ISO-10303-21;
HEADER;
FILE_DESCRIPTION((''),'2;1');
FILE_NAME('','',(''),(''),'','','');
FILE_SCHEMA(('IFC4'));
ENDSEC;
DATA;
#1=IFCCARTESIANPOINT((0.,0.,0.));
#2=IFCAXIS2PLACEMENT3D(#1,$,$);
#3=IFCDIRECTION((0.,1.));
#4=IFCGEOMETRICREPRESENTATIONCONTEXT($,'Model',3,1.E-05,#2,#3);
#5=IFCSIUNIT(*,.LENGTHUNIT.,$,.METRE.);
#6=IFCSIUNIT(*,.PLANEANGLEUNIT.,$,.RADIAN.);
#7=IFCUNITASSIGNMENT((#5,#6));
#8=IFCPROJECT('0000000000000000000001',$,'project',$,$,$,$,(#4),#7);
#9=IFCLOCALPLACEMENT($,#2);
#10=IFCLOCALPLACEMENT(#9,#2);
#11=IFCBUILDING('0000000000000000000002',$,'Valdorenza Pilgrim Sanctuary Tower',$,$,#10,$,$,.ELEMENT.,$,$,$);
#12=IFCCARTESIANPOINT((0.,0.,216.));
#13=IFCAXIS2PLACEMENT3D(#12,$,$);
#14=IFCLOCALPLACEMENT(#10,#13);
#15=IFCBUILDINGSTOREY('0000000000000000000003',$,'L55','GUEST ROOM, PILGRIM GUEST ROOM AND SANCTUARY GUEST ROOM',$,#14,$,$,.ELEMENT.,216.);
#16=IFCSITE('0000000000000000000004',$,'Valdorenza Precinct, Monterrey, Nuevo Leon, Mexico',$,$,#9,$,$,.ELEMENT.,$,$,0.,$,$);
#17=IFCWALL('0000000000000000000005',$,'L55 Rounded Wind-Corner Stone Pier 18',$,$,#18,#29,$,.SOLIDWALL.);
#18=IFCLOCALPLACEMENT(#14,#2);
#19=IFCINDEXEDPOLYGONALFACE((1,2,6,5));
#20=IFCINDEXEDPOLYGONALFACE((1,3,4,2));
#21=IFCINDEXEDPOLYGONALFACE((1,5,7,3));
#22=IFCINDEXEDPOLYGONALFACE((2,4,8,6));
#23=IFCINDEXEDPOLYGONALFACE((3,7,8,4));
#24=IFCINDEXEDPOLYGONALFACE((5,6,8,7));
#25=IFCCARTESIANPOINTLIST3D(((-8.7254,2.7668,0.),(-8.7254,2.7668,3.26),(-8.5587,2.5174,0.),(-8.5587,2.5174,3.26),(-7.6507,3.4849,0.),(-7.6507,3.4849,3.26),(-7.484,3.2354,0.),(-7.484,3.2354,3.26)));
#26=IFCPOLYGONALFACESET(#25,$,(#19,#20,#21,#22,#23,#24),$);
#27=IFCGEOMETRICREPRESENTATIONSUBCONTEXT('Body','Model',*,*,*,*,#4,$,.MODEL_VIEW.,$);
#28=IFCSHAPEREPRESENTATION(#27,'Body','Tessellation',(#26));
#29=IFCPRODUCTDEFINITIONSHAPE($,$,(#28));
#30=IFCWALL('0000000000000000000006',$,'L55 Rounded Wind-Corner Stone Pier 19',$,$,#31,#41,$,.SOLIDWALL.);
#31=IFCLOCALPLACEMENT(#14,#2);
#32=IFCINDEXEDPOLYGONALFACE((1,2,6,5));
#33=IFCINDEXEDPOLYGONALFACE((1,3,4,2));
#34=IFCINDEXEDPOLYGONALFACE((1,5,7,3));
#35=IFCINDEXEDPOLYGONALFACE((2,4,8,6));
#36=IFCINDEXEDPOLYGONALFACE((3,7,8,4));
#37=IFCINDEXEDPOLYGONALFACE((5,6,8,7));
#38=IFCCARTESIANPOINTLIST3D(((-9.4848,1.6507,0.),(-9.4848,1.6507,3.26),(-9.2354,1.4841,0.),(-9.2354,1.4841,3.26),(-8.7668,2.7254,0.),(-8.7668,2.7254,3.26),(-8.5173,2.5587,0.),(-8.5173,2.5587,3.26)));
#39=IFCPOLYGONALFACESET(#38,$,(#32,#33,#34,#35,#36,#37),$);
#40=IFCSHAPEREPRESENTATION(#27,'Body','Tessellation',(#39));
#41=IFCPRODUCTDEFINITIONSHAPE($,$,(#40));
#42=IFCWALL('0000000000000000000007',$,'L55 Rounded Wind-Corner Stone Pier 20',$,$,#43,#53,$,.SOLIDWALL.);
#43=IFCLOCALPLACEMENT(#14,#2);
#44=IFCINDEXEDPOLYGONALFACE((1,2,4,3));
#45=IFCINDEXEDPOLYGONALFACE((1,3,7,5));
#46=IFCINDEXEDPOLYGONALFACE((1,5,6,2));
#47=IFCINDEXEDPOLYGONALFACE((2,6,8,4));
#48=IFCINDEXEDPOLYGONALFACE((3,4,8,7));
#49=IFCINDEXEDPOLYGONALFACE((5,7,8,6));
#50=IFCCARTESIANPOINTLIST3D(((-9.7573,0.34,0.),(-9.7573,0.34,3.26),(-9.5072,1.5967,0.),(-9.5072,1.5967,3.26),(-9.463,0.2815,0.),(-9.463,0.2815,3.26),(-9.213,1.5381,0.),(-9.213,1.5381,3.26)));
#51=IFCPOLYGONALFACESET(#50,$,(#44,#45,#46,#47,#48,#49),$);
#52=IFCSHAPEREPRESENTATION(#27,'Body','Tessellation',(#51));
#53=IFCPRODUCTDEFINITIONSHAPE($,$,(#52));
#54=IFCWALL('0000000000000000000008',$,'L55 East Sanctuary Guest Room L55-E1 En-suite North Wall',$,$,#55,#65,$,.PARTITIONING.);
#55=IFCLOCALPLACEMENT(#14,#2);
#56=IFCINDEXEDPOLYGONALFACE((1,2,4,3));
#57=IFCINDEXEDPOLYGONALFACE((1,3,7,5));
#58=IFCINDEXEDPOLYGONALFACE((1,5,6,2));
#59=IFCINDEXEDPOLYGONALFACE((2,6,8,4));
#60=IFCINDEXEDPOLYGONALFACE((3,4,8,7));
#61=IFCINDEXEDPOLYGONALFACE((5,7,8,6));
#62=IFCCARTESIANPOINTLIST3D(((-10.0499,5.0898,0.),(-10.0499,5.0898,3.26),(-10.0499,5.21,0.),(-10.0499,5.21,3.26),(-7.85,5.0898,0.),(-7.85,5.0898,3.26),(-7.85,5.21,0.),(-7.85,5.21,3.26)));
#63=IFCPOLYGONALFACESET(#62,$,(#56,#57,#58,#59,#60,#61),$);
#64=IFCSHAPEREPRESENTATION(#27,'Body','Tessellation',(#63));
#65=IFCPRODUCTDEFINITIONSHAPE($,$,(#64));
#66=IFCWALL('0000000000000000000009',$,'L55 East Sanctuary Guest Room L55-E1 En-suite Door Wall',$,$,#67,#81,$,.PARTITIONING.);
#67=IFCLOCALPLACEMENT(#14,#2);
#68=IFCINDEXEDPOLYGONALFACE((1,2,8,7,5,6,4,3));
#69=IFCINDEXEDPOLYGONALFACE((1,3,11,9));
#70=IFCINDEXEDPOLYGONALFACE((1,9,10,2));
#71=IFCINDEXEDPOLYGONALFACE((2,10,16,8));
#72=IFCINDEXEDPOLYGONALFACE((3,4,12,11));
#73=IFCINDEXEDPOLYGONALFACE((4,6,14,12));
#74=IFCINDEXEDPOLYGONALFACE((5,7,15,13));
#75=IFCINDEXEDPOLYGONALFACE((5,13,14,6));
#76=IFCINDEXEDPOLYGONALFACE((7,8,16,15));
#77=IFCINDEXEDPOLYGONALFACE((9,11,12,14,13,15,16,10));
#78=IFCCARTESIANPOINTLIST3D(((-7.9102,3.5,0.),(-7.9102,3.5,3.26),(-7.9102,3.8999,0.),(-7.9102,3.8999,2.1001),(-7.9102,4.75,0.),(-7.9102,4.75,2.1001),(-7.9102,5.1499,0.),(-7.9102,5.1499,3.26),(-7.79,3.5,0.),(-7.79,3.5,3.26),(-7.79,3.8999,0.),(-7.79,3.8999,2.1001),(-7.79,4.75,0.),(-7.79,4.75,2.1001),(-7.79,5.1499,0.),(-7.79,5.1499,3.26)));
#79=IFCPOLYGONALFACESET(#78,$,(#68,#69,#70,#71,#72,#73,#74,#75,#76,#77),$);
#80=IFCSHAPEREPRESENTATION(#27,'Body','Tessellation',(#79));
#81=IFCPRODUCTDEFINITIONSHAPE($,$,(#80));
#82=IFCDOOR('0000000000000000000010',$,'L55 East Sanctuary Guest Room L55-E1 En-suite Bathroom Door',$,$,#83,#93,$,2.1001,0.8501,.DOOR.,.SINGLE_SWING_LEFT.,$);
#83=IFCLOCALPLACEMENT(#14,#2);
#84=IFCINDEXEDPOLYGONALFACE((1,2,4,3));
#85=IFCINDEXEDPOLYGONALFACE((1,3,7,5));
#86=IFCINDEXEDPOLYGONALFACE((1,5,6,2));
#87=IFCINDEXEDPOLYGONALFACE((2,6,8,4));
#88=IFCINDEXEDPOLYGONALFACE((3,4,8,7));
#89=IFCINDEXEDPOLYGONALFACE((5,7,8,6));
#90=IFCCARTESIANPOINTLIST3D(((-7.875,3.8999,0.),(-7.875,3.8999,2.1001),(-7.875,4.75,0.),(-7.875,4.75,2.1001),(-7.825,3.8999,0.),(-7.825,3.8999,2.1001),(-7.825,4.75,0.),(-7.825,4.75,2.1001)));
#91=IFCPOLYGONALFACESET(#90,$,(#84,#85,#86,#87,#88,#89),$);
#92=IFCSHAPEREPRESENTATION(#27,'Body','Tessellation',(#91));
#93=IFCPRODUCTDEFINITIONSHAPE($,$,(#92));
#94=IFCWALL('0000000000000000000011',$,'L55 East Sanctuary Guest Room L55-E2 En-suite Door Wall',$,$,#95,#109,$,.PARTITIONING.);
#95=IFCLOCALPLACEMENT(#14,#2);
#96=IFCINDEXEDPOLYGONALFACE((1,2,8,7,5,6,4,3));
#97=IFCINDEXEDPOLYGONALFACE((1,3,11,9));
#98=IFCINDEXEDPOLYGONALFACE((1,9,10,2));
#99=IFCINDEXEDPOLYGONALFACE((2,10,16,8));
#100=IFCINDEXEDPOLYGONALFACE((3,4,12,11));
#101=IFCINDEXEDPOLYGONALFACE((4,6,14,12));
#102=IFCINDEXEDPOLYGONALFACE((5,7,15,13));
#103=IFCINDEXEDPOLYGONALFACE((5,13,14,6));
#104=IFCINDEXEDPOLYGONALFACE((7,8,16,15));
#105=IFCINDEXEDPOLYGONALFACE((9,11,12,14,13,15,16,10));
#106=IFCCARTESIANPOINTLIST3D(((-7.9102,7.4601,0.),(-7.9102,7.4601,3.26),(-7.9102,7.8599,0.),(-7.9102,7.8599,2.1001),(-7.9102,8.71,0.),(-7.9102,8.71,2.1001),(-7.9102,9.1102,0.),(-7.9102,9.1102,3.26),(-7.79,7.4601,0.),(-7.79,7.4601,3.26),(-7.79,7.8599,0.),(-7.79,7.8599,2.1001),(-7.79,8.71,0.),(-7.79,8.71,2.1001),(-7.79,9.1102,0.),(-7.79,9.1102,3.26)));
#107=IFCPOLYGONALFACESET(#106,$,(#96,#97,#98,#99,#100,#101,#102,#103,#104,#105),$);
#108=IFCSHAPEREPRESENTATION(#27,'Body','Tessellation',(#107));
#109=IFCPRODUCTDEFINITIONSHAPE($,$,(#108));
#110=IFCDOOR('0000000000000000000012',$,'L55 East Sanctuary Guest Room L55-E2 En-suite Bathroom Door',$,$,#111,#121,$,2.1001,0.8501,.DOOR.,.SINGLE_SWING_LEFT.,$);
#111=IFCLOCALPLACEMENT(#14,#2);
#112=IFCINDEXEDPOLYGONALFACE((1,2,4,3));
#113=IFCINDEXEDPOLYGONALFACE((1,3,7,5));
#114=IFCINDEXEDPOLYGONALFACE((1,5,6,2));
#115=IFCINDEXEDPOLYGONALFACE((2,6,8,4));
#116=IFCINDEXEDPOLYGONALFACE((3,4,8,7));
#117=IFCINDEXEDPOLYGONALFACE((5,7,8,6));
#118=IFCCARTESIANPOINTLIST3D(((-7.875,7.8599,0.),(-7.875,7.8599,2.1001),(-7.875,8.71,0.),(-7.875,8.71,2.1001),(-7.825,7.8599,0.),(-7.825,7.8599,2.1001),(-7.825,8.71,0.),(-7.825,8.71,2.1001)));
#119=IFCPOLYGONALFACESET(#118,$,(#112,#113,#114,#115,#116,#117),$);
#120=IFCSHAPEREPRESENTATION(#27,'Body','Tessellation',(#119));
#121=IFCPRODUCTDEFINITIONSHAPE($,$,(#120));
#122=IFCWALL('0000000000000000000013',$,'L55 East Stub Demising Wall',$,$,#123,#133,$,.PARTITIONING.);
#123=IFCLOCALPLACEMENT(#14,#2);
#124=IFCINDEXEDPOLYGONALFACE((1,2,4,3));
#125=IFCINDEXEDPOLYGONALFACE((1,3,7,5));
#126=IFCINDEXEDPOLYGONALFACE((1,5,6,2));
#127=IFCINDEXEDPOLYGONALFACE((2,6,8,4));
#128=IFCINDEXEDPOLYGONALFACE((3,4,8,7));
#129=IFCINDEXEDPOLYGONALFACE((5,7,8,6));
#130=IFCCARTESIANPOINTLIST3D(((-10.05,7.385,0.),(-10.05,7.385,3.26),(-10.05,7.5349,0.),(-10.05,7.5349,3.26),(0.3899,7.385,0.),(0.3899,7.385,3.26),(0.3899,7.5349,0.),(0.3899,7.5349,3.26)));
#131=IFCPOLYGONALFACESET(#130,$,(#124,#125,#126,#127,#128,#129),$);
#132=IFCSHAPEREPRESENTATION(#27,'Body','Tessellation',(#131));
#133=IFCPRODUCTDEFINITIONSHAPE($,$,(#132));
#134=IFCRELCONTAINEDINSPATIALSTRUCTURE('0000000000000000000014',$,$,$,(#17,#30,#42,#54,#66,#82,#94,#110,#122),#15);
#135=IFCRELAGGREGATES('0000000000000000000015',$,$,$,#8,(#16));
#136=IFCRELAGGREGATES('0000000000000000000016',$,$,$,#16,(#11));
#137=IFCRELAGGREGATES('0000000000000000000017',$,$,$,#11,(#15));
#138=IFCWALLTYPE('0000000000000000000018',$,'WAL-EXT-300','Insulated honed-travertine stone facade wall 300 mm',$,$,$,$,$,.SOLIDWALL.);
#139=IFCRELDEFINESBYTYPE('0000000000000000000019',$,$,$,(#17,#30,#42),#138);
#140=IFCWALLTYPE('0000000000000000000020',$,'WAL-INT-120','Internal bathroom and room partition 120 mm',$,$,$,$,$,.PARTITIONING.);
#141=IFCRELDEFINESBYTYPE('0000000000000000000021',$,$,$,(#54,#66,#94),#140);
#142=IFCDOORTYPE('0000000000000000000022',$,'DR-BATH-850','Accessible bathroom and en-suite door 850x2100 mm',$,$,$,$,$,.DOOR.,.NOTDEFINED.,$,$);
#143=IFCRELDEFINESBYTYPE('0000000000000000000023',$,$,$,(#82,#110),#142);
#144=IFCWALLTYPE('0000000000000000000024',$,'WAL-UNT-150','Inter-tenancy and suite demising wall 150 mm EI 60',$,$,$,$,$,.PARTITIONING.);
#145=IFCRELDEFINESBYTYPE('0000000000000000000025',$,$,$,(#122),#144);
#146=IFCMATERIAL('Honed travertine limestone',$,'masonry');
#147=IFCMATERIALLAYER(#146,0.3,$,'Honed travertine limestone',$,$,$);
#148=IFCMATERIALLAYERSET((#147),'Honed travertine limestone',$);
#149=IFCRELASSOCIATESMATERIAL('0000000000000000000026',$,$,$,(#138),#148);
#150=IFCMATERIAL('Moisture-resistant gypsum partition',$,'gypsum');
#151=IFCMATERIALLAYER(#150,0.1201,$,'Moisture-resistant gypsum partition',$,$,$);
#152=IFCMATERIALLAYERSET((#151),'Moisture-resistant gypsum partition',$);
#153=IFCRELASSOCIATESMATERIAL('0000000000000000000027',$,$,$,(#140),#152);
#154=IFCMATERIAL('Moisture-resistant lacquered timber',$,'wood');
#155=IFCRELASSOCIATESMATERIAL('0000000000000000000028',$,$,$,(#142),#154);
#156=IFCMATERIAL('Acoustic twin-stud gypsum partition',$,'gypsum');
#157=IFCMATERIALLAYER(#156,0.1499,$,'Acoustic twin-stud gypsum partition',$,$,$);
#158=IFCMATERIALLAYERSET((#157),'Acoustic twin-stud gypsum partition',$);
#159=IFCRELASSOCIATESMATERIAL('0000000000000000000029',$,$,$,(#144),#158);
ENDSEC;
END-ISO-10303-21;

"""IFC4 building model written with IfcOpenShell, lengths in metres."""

from ifc_helpers import new_model, si_unit, direction, frame, frame_2d, origin, place, context, subcontext, project, spatial, rectangle, extrude, material, layer, layer_set, type_object, element, fill, save


model = new_model("IFC4")

# Units and contexts
model_context = context("Model", 3, precision=1e-05, world=origin(), true_north=direction((0.0, 1.0)))
body_context = subcontext(model_context, "Body", "Model", "MODEL_VIEW")
ifc_project = project(units=[si_unit("LENGTHUNIT", "METRE"), si_unit("PLANEANGLEUNIT", "RADIAN")], contexts=[model_context])

# Site, building, storey
site_placement = place(None, origin())
site = spatial("IfcSite", under=ifc_project, at=site_placement, Name="Valdorenza Precinct, Monterrey, Nuevo Leon, Mexico", CompositionType="ELEMENT", RefElevation=0.0)
building_placement = place(site_placement, origin())
building = spatial("IfcBuilding", under=site, at=building_placement, Name="Valdorenza Pilgrim Sanctuary Tower", CompositionType="ELEMENT")
storey_placement = place(building_placement, frame((0.0, 0.0, 216.0)))
storey = spatial("IfcBuildingStorey", under=building, at=storey_placement, Name="L55", Description="GUEST ROOM, PILGRIM GUEST ROOM AND SANCTUARY GUEST ROOM", CompositionType="ELEMENT", Elevation=216.0)

# Shared definitions
ifc_material_1 = material(Name="Honed travertine limestone", Category="masonry")

# Shared definitions
ifc_material_2 = material(Name="Acoustic twin-stud gypsum partition", Category="gypsum")

# Walls
ifc_layer_1 = layer(ifc_material_1, 0.3, Name="Honed travertine limestone")
ifc_layer_set_1 = layer_set([ifc_layer_1], Name="Honed travertine limestone")
wall_type_1 = type_object("IfcWallType", Name="WAL-EXT-300", Description="Insulated honed-travertine stone facade wall 300 mm", PredefinedType="SOLIDWALL", material=ifc_layer_set_1)
for number, where, z_axis, x_axis, name in (
    (1, (-7.5674, 3.3601, 0.0), (0.0, 0.0, 1.0), (-0.831498, -0.555528, 0.0), "L55 Rounded Wind-Corner Stone Pier 18"),
    (2, (-8.6421, 2.6421, 0.0), (0.0, 0.0, 1.0), (-0.555528, -0.831498, 0.0), "L55 Rounded Wind-Corner Stone Pier 19"),
):
    element("IfcWall", number, at=place(storey_placement, frame(where, z_axis=z_axis, x_axis=x_axis)), inside=storey, type_object=wall_type_1, Name=name, PredefinedType="SOLIDWALL", context=body_context, shape_type="SweptSolid", body=[
        extrude(rectangle(XDim=1.2925, YDim=0.3, at=frame_2d((0.6462, 0.0))), origin(), (0.0, 0.0, 1.0), 3.26),
    ])
wall_1_placement = place(storey_placement, frame((-9.3601, 1.5674, 0.0), z_axis=(0.0, 0.0, 1.0), x_axis=(-0.195127, -0.980778, 0.0)))
element("IfcWall", 3, at=wall_1_placement, inside=storey, type_object=wall_type_1, Name="L55 Rounded Wind-Corner Stone Pier 20", PredefinedType="SOLIDWALL", context=body_context, shape_type="SweptSolid", body=[
    extrude(rectangle(XDim=1.2812, YDim=0.3, at=frame_2d((0.6406, 0.0))), origin(), (0.0, 0.0, 1.0), 3.26),
])
ifc_material_3 = material(Name="Moisture-resistant gypsum partition", Category="gypsum")
ifc_layer_2 = layer(ifc_material_3, 0.1201, Name="Moisture-resistant gypsum partition")
ifc_layer_set_2 = layer_set([ifc_layer_2], Name="Moisture-resistant gypsum partition")
wall_type_2 = type_object("IfcWallType", Name="WAL-INT-120", Description="Internal bathroom and room partition 120 mm", PredefinedType="PARTITIONING", material=ifc_layer_set_2)
wall_2_placement = place(storey_placement, frame((-10.05, 5.1499, 0.0), z_axis=(0.0, 0.0, 1.0), x_axis=(1.0, 0.0, 0.0)))
element("IfcWall", 4, at=wall_2_placement, inside=storey, type_object=wall_type_2, Name="L55 East Sanctuary Guest Room L55-E1 En-suite North Wall", PredefinedType="PARTITIONING", context=body_context, shape_type="SweptSolid", body=[
    extrude(rectangle(XDim=2.2, YDim=0.1201, at=frame_2d((1.1001, 0.0))), origin(), (0.0, 0.0, 1.0), 3.26),
])

# Walls, openings, doors
wall_3_placement = place(storey_placement, frame((-7.8501, 3.5, 0.0), z_axis=(0.0, 0.0, 1.0), x_axis=(0.0, 1.0, 0.0)))
wall_3 = element("IfcWall", 5, at=wall_3_placement, inside=storey, type_object=wall_type_2, Name="L55 East Sanctuary Guest Room L55-E1 En-suite Door Wall", PredefinedType="PARTITIONING", context=body_context, shape_type="SweptSolid", body=[
    extrude(rectangle(XDim=1.6499, YDim=0.1201, at=frame_2d((0.825, 0.0))), origin(), (0.0, 0.0, 1.0), 3.26),
])
opening_1_placement = place(wall_3_placement, frame((0.3999, 0.0, 0.0)))
opening_1 = element("IfcOpeningElement", 6, at=opening_1_placement, cuts=wall_3, PredefinedType="OPENING", context=body_context, shape_type="SweptSolid", body=[
    extrude(rectangle(XDim=0.8501, YDim=2.1001, at=frame_2d((0.425, 1.05))), frame((0.0, 0.075, 0.0), z_axis=(0.0, -1.0, 0.0), x_axis=(1.0, 0.0, 0.0)), (0.0, 0.0, 1.0), 0.1499),
])
ifc_material_4 = material(Name="Moisture-resistant lacquered timber", Category="wood")
door_type_1 = type_object("IfcDoorType", Name="DR-BATH-850", Description="Accessible bathroom and en-suite door 850x2100 mm", OperationType="NOTDEFINED", PredefinedType="DOOR", material=ifc_material_4)
door_1_placement = place(opening_1_placement, origin())
door_1 = element("IfcDoor", 7, at=door_1_placement, inside=storey, type_object=door_type_1, Name="L55 East Sanctuary Guest Room L55-E1 En-suite Bathroom Door", OperationType="SINGLE_SWING_LEFT", OverallHeight=2.1001, OverallWidth=0.8501, PredefinedType="DOOR", context=body_context, shape_type="SweptSolid", body=[
    extrude(rectangle(XDim=0.8501, YDim=2.1001, at=frame_2d((0.425, 1.05))), frame((0.0, 0.0249, 0.0), z_axis=(0.0, -1.0, 0.0), x_axis=(1.0, 0.0, 0.0)), (0.0, 0.0, 1.0), 0.05),
])
fill(opening_1, door_1)
wall_4_placement = place(storey_placement, frame((-7.8501, 7.46, 0.0), z_axis=(0.0, 0.0, 1.0), x_axis=(0.0, 1.0, 0.0)))
wall_4 = element("IfcWall", 8, at=wall_4_placement, inside=storey, type_object=wall_type_2, Name="L55 East Sanctuary Guest Room L55-E2 En-suite Door Wall", PredefinedType="PARTITIONING", context=body_context, shape_type="SweptSolid", body=[
    extrude(rectangle(XDim=1.6501, YDim=0.1201, at=frame_2d((0.8252, 0.0))), origin(), (0.0, 0.0, 1.0), 3.26),
])
opening_2_placement = place(wall_4_placement, frame((0.3999, 0.0, 0.0)))
opening_2 = element("IfcOpeningElement", 9, at=opening_2_placement, cuts=wall_4, PredefinedType="OPENING", context=body_context, shape_type="SweptSolid", body=[
    extrude(rectangle(XDim=0.8501, YDim=2.1001, at=frame_2d((0.425, 1.05))), frame((0.0, 0.075, 0.0), z_axis=(0.0, -1.0, 0.0), x_axis=(1.0, 0.0, 0.0)), (0.0, 0.0, 1.0), 0.1499),
])
door_2_placement = place(opening_2_placement, origin())
door_2 = element("IfcDoor", 10, at=door_2_placement, inside=storey, type_object=door_type_1, Name="L55 East Sanctuary Guest Room L55-E2 En-suite Bathroom Door", OperationType="SINGLE_SWING_LEFT", OverallHeight=2.1001, OverallWidth=0.8501, PredefinedType="DOOR", context=body_context, shape_type="SweptSolid", body=[
    extrude(rectangle(XDim=0.8501, YDim=2.1001, at=frame_2d((0.425, 1.05))), frame((0.0, 0.0249, 0.0), z_axis=(0.0, -1.0, 0.0), x_axis=(1.0, 0.0, 0.0)), (0.0, 0.0, 1.0), 0.05),
])
fill(opening_2, door_2)

# Wall
ifc_layer_3 = layer(ifc_material_2, 0.1499, Name="Acoustic twin-stud gypsum partition")
ifc_layer_set_3 = layer_set([ifc_layer_3], Name="Acoustic twin-stud gypsum partition")
wall_type_3 = type_object("IfcWallType", Name="WAL-UNT-150", Description="Inter-tenancy and suite demising wall 150 mm EI 60", PredefinedType="PARTITIONING", material=ifc_layer_set_3)
wall_5_placement = place(storey_placement, frame((-10.05, 7.46, 0.0), z_axis=(0.0, 0.0, 1.0), x_axis=(1.0, 0.0, 0.0)))
element("IfcWall", 11, at=wall_5_placement, inside=storey, type_object=wall_type_3, Name="L55 East Stub Demising Wall", PredefinedType="PARTITIONING", context=body_context, shape_type="SweptSolid", body=[
    extrude(rectangle(XDim=10.4399, YDim=0.1499, at=frame_2d((5.22, 0.0))), origin(), (0.0, 0.0, 1.0), 3.26),
])

save(model, "model.ifc")
